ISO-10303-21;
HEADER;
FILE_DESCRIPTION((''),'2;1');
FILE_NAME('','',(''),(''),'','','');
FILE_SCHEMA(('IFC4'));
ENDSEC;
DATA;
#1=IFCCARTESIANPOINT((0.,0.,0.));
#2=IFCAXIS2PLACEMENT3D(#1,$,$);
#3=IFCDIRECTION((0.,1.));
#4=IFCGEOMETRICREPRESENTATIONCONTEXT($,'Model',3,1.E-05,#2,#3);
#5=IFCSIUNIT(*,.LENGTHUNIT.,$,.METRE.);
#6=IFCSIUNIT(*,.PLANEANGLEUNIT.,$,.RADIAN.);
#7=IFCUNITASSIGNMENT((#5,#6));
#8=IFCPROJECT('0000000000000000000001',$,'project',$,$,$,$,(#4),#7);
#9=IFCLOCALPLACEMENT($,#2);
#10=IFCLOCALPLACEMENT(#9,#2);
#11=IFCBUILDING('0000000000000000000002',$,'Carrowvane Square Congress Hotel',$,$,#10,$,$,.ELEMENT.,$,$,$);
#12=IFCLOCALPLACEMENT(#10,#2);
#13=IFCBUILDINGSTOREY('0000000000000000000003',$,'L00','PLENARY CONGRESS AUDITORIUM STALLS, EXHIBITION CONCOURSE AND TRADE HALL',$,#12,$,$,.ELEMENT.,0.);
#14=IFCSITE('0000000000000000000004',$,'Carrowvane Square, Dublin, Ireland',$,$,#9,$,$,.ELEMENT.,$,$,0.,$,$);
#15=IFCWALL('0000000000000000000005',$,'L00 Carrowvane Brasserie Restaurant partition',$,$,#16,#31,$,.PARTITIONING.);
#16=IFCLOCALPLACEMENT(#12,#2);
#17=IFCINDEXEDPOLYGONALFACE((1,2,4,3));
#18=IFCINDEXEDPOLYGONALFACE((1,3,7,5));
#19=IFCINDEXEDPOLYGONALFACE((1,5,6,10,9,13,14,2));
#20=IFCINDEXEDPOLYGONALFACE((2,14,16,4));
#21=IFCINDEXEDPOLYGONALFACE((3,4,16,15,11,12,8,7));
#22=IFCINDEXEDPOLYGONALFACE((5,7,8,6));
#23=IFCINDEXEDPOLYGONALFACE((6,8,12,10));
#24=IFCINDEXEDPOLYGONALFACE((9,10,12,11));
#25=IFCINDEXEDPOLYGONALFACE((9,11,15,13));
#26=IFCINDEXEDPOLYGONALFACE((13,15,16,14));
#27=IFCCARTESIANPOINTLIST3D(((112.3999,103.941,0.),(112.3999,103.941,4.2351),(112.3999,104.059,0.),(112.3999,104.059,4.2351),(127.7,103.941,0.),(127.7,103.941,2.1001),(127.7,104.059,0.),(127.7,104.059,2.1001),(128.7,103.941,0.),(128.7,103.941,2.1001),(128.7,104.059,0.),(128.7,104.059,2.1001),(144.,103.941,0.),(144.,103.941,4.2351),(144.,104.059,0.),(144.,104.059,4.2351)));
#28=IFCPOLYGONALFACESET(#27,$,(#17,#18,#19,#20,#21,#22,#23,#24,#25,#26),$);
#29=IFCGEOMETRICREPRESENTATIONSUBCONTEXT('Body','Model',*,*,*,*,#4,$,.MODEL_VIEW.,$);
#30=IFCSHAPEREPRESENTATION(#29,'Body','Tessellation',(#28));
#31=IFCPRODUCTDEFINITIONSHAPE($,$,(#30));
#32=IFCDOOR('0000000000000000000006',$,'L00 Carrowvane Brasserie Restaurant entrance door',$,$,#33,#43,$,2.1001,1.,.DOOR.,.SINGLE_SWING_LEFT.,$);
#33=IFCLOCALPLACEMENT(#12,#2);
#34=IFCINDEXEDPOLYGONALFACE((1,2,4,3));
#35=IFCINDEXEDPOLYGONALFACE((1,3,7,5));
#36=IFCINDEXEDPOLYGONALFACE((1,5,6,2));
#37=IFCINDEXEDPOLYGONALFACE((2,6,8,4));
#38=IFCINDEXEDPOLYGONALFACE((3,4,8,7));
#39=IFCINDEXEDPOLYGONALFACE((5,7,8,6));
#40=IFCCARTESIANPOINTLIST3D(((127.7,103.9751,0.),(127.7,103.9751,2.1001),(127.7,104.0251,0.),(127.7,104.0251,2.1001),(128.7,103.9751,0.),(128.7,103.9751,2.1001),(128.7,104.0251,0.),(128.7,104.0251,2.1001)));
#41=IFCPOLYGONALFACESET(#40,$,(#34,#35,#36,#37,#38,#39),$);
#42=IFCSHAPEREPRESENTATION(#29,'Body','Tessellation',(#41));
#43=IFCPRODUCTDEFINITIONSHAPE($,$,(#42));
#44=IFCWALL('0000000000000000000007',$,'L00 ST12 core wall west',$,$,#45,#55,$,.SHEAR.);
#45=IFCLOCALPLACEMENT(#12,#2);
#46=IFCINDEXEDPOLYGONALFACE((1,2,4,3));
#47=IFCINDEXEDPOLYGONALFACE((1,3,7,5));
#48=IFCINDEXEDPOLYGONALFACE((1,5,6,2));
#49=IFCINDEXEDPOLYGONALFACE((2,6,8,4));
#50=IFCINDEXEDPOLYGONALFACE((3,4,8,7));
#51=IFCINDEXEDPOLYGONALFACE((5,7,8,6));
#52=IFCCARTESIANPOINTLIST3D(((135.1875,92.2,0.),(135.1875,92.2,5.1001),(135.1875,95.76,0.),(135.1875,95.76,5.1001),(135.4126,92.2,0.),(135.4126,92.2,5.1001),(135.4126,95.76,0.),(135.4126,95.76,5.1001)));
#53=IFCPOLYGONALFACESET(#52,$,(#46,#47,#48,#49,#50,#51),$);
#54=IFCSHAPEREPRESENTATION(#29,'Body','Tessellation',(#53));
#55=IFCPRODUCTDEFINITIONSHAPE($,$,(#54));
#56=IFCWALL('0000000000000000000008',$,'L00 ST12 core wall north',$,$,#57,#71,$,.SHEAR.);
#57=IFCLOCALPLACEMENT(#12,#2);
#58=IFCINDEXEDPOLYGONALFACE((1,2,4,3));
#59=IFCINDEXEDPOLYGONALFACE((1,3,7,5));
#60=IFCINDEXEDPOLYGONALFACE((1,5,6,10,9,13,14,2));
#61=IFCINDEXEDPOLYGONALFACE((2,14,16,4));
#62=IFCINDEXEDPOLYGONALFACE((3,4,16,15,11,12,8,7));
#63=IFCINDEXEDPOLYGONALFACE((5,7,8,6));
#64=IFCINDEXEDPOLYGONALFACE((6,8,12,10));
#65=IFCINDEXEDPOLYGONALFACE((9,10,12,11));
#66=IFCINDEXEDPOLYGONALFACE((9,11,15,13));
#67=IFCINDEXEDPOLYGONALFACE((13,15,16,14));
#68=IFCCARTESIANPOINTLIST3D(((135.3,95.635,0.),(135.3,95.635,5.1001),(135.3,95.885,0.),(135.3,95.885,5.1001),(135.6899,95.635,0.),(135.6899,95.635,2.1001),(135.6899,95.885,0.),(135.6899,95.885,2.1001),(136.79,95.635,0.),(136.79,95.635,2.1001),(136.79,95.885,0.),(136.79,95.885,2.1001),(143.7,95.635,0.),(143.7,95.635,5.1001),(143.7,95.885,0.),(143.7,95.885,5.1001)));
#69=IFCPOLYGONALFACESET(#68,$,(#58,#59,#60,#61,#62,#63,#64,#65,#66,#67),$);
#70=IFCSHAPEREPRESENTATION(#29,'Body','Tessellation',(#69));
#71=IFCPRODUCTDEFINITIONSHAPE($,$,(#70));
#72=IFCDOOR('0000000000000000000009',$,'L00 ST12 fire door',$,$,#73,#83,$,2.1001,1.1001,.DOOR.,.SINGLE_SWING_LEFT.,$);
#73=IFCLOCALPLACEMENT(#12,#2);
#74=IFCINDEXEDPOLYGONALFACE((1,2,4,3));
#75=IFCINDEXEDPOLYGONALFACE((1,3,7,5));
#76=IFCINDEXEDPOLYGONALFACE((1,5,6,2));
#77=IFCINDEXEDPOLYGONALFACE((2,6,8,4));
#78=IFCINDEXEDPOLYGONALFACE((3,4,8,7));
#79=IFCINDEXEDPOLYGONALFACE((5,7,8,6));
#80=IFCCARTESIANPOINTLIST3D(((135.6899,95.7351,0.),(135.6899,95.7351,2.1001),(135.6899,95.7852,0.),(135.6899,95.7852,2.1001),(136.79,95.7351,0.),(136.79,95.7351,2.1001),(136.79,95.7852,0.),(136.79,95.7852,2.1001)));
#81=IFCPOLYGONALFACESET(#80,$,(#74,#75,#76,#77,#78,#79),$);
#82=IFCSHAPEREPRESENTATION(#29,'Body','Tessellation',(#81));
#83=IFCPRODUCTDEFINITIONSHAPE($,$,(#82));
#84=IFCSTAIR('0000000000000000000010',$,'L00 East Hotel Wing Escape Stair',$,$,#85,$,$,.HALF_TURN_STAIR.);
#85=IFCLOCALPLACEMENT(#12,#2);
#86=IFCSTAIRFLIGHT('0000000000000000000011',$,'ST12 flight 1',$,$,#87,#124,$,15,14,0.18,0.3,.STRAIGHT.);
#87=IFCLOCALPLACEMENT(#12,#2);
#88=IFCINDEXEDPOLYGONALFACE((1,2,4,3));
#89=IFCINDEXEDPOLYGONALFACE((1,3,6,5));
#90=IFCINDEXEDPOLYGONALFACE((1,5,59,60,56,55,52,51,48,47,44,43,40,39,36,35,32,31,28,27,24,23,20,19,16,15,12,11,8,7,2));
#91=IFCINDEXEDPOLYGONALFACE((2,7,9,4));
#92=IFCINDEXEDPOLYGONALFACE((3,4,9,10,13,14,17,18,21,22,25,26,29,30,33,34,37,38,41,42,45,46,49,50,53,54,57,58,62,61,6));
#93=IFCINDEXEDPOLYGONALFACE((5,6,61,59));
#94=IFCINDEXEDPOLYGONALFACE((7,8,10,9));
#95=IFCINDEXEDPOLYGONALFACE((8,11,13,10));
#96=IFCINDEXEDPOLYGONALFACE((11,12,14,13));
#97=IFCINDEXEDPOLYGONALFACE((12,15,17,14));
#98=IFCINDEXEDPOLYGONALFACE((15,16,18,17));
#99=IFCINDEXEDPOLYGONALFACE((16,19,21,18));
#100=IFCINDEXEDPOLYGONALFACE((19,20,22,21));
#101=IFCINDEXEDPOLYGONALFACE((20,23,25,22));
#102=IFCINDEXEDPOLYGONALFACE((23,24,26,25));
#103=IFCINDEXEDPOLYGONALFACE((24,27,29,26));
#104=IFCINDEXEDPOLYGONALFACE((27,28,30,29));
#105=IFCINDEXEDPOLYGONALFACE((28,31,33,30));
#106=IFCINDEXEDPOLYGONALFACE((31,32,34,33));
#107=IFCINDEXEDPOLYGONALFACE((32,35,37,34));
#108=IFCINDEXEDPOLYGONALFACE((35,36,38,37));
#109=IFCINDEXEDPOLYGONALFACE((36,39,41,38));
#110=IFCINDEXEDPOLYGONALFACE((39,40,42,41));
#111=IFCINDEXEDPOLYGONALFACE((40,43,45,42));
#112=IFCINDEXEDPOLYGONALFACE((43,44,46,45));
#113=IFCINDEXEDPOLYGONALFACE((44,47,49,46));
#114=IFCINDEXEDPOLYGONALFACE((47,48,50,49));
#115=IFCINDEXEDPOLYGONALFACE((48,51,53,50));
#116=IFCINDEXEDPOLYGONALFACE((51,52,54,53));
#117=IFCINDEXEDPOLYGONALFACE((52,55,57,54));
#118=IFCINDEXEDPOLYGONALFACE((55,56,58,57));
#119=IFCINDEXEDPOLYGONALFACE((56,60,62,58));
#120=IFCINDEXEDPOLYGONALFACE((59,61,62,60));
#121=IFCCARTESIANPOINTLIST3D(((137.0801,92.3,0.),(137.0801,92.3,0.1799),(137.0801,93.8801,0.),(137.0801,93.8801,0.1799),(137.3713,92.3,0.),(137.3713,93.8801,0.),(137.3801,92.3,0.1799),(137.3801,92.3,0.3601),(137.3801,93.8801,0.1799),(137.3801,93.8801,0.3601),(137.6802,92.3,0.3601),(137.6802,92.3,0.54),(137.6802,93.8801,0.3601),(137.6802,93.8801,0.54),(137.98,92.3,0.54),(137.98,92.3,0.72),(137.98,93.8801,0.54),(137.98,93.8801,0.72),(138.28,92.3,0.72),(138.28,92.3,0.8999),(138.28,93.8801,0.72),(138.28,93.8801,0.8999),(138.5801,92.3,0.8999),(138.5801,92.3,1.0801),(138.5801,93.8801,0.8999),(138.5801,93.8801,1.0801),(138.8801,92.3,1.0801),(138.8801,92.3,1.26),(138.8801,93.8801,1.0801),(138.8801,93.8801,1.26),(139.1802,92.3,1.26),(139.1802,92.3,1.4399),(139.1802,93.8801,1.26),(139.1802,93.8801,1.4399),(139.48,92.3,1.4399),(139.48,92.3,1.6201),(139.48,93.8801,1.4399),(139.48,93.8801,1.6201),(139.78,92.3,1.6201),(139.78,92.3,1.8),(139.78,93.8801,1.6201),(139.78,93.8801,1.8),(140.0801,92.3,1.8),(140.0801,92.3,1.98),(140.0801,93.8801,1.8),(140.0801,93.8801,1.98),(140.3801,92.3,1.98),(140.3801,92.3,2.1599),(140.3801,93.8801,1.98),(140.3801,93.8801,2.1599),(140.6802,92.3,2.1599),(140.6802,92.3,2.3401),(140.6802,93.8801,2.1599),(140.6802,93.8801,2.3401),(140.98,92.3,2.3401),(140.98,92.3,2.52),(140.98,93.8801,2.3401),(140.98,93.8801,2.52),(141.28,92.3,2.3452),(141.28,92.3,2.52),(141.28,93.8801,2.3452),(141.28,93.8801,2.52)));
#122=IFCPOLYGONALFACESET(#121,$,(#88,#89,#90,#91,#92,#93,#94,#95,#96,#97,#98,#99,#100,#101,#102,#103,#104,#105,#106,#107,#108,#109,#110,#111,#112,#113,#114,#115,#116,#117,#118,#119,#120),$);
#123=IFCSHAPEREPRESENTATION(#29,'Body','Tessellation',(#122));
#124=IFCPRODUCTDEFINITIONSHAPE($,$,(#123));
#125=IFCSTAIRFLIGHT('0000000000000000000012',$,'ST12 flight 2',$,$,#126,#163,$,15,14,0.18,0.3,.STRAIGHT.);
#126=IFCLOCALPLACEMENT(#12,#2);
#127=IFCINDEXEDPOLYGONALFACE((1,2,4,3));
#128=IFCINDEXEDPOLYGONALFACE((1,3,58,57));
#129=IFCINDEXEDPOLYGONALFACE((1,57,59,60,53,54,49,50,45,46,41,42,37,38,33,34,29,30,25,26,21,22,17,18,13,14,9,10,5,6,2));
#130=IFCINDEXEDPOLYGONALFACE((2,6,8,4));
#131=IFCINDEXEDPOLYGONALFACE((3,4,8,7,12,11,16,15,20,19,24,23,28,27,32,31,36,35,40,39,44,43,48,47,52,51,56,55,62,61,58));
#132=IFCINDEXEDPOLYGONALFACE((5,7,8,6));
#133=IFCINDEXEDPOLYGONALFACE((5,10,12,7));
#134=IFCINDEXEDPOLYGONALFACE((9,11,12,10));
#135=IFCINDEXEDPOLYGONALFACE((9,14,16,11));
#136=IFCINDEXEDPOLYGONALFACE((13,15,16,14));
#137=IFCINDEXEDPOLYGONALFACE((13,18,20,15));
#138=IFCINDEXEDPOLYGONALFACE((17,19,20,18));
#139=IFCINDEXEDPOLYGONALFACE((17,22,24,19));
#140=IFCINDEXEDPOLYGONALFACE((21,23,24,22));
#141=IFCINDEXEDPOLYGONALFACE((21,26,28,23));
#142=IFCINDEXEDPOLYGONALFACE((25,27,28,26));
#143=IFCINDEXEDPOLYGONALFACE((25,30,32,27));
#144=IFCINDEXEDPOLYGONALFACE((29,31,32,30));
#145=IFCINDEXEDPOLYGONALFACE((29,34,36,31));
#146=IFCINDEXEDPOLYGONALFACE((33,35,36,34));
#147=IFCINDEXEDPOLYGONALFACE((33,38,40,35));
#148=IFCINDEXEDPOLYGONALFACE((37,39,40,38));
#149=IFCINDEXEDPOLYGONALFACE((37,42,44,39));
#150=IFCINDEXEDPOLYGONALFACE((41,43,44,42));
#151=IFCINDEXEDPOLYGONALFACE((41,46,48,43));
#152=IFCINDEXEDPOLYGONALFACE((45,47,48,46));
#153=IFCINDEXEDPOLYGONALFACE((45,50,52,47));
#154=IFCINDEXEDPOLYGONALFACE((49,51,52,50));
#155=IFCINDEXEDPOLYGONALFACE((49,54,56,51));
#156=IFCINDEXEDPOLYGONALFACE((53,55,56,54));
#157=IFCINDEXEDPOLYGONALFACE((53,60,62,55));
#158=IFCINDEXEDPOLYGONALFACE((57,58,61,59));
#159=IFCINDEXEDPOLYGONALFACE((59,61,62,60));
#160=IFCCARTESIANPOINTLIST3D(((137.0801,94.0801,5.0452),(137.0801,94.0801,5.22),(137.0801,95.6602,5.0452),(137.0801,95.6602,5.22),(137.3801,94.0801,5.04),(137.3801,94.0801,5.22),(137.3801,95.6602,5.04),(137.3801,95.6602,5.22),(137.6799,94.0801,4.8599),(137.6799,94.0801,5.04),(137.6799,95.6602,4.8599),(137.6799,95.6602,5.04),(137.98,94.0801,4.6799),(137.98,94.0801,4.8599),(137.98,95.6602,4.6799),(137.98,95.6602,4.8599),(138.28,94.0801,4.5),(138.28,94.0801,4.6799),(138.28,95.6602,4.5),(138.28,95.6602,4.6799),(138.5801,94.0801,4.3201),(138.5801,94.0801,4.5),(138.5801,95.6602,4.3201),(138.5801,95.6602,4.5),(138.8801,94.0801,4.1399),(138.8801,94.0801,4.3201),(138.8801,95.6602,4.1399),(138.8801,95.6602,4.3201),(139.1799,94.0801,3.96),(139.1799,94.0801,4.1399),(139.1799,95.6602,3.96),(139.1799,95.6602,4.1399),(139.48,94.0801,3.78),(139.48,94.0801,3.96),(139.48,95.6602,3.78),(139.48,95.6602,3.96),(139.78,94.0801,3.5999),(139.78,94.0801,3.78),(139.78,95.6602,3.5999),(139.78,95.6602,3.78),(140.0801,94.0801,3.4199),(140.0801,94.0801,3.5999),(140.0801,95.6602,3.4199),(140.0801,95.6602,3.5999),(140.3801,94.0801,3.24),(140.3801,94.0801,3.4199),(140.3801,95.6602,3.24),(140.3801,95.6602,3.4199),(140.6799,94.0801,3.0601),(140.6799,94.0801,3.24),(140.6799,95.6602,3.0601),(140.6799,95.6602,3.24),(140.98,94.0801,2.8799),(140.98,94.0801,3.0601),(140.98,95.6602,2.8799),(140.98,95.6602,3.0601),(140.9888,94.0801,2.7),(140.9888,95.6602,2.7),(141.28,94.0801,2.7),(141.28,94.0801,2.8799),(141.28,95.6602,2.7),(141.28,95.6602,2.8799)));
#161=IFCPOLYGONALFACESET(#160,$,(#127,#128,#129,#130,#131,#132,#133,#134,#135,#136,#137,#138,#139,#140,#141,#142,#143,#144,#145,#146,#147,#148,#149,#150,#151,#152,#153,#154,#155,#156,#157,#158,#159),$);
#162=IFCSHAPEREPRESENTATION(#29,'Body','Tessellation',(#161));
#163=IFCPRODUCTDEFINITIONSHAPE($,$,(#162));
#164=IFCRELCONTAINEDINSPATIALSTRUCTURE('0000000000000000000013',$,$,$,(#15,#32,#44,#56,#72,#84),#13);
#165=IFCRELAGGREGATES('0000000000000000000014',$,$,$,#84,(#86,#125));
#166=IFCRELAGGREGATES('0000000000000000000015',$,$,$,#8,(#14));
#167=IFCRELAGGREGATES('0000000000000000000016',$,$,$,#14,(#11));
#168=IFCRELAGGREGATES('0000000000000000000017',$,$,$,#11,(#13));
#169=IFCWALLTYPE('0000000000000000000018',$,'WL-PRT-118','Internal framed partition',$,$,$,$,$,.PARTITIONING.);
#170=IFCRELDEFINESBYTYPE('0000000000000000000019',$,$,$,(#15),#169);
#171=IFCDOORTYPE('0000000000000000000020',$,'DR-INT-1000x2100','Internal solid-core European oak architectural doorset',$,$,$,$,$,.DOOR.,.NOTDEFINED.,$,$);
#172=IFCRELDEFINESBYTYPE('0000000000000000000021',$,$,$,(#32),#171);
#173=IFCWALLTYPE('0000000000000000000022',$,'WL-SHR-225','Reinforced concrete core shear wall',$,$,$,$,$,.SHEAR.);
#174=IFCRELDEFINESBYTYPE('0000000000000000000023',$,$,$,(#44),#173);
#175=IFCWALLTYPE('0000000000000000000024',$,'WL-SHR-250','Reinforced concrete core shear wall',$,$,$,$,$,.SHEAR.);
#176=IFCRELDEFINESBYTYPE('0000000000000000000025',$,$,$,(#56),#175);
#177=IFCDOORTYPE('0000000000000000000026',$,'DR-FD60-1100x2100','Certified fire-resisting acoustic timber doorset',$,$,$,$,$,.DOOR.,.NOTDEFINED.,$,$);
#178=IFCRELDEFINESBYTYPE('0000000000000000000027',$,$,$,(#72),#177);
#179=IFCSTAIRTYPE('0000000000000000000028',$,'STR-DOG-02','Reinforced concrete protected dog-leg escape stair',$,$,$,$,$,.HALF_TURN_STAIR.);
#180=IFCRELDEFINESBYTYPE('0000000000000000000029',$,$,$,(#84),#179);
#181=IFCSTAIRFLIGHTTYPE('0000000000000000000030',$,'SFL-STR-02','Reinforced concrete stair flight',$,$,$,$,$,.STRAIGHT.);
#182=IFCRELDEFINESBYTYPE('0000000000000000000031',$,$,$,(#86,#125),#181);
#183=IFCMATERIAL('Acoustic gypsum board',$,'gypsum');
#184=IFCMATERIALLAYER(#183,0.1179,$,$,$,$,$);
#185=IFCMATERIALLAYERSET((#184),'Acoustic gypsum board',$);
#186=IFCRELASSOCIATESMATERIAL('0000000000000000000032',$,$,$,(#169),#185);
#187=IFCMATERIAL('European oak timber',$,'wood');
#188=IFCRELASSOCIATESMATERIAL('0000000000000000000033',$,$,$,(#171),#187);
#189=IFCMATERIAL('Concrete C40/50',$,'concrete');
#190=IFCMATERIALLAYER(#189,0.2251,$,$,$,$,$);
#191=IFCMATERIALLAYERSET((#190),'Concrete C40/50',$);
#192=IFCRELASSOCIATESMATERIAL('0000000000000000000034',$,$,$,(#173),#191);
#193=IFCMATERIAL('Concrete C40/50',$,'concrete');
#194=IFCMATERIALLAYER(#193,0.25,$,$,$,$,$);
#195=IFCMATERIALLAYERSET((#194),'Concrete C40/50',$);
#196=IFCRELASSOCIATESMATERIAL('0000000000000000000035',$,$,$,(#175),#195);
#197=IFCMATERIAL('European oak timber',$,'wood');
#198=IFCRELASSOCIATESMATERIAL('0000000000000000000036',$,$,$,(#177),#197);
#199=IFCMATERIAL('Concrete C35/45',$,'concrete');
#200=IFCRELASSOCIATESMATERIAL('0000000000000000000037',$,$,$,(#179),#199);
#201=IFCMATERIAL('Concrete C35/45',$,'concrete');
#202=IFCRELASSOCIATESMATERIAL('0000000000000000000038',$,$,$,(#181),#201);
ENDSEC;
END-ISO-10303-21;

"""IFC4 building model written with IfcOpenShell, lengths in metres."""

from ifc_helpers import new_model, si_unit, direction, frame, frame_2d, origin, place, context, subcontext, project, spatial, polyline, rectangle, outline, extrude, material, layer, layer_set, type_object, element, fill, aggregate, save


model = new_model("IFC4")

# Units and contexts
model_context = context("Model", 3, precision=1e-05, world=origin(), true_north=direction((0.0, 1.0)))
body_context = subcontext(model_context, "Body", "Model", "MODEL_VIEW")
ifc_project = project(units=[si_unit("LENGTHUNIT", "METRE"), si_unit("PLANEANGLEUNIT", "RADIAN")], contexts=[model_context])

# Site, building, storey
site_placement = place(None, origin())
site = spatial("IfcSite", under=ifc_project, at=site_placement, Name="Carrowvane Square, Dublin, Ireland", CompositionType="ELEMENT", RefElevation=0.0)
building_placement = place(site_placement, origin())
building = spatial("IfcBuilding", under=site, at=building_placement, Name="Carrowvane Square Congress Hotel", CompositionType="ELEMENT")
storey_placement = place(building_placement, origin())
storey = spatial("IfcBuildingStorey", under=building, at=storey_placement, Name="L00", Description="PLENARY CONGRESS AUDITORIUM STALLS, EXHIBITION CONCOURSE AND TRADE HALL", CompositionType="ELEMENT", Elevation=0.0)

# Wall, opening, door
ifc_material_1 = material(Name="Acoustic gypsum board", Category="gypsum")
ifc_layer_1 = layer(ifc_material_1, 0.1179)
ifc_layer_set_1 = layer_set([ifc_layer_1], Name="Acoustic gypsum board")
wall_type_1 = type_object("IfcWallType", Name="WL-PRT-118", Description="Internal framed partition", PredefinedType="PARTITIONING", material=ifc_layer_set_1)
wall_1_placement = place(storey_placement, frame((144.0, 104.0, 0.0), z_axis=(0.0, 0.0, 1.0), x_axis=(-1.0, 0.0, 0.0)))
wall_1 = element("IfcWall", 1, at=wall_1_placement, inside=storey, type_object=wall_type_1, Name="L00 Carrowvane Brasserie Restaurant partition", PredefinedType="PARTITIONING", context=body_context, shape_type="SweptSolid", body=[
    extrude(rectangle(XDim=31.6001, YDim=0.1179, at=frame_2d((15.8, 0.0))), origin(), (0.0, 0.0, 1.0), 4.2351),
])
opening_1_placement = place(wall_1_placement, frame((15.3, 0.0, 0.0)))
opening_1 = element("IfcOpeningElement", 2, at=opening_1_placement, cuts=wall_1, PredefinedType="OPENING", context=body_context, shape_type="SweptSolid", body=[
    extrude(rectangle(XDim=1.0, YDim=2.1001, at=frame_2d((0.5, 1.05))), frame((0.0, 0.0688, 0.0), z_axis=(0.0, -1.0, 0.0), x_axis=(1.0, 0.0, 0.0)), (0.0, 0.0, 1.0), 0.1379),
])
ifc_material_2 = material(Name="European oak timber", Category="wood")
door_type_1 = type_object("IfcDoorType", Name="DR-INT-1000x2100", Description="Internal solid-core European oak architectural doorset", OperationType="NOTDEFINED", PredefinedType="DOOR", material=ifc_material_2)
door_1_placement = place(opening_1_placement, origin())
door_1 = element("IfcDoor", 3, at=door_1_placement, inside=storey, type_object=door_type_1, Name="L00 Carrowvane Brasserie Restaurant entrance door", OperationType="SINGLE_SWING_LEFT", OverallHeight=2.1001, OverallWidth=1.0, PredefinedType="DOOR", context=body_context, shape_type="SweptSolid", body=[
    extrude(rectangle(XDim=1.0, YDim=2.1001, at=frame_2d((0.5, 1.05))), frame((0.0, 0.0249, 0.0), z_axis=(0.0, -1.0, 0.0), x_axis=(1.0, 0.0, 0.0)), (0.0, 0.0, 1.0), 0.05),
])
fill(opening_1, door_1)

# Wall
ifc_material_3 = material(Name="Concrete C40/50", Category="concrete")
ifc_layer_2 = layer(ifc_material_3, 0.2251)
ifc_layer_set_2 = layer_set([ifc_layer_2], Name="Concrete C40/50")
wall_type_2 = type_object("IfcWallType", Name="WL-SHR-225", Description="Reinforced concrete core shear wall", PredefinedType="SHEAR", material=ifc_layer_set_2)
wall_2_placement = place(storey_placement, frame((135.3, 95.76, 0.0), z_axis=(0.0, 0.0, 1.0), x_axis=(0.0, -1.0, 0.0)))
element("IfcWall", 4, at=wall_2_placement, inside=storey, type_object=wall_type_2, Name="L00 ST12 core wall west", PredefinedType="SHEAR", context=body_context, shape_type="SweptSolid", body=[
    extrude(rectangle(XDim=3.5601, YDim=0.2251, at=frame_2d((1.78, 0.0))), origin(), (0.0, 0.0, 1.0), 5.1001),
])

# Wall, opening, door
ifc_material_4 = material(Name="Concrete C40/50", Category="concrete")
ifc_layer_3 = layer(ifc_material_4, 0.25)
ifc_layer_set_3 = layer_set([ifc_layer_3], Name="Concrete C40/50")
wall_type_3 = type_object("IfcWallType", Name="WL-SHR-250", Description="Reinforced concrete core shear wall", PredefinedType="SHEAR", material=ifc_layer_set_3)
wall_3_placement = place(storey_placement, frame((143.7, 95.76, 0.0), z_axis=(0.0, 0.0, 1.0), x_axis=(-1.0, 0.0, 0.0)))
wall_3 = element("IfcWall", 5, at=wall_3_placement, inside=storey, type_object=wall_type_3, Name="L00 ST12 core wall north", PredefinedType="SHEAR", context=body_context, shape_type="SweptSolid", body=[
    extrude(rectangle(XDim=8.3999, YDim=0.25, at=frame_2d((4.2, 0.0))), origin(), (0.0, 0.0, 1.0), 5.1001),
])
opening_2_placement = place(wall_3_placement, frame((6.9099, 0.0, 0.0)))
opening_2 = element("IfcOpeningElement", 6, at=opening_2_placement, cuts=wall_3, PredefinedType="OPENING", context=body_context, shape_type="SweptSolid", body=[
    extrude(rectangle(XDim=1.1001, YDim=2.1001, at=frame_2d((0.55, 1.05))), frame((0.0, 0.135, 0.0), z_axis=(0.0, -1.0, 0.0), x_axis=(1.0, 0.0, 0.0)), (0.0, 0.0, 1.0), 0.27),
])
ifc_material_5 = material(Name="European oak timber", Category="wood")
door_type_2 = type_object("IfcDoorType", Name="DR-FD60-1100x2100", Description="Certified fire-resisting acoustic timber doorset", OperationType="NOTDEFINED", PredefinedType="DOOR", material=ifc_material_5)
door_2_placement = place(opening_2_placement, origin())
door_2 = element("IfcDoor", 7, at=door_2_placement, inside=storey, type_object=door_type_2, Name="L00 ST12 fire door", OperationType="SINGLE_SWING_LEFT", OverallHeight=2.1001, OverallWidth=1.1001, PredefinedType="DOOR", context=body_context, shape_type="SweptSolid", body=[
    extrude(rectangle(XDim=1.1001, YDim=2.1001, at=frame_2d((0.55, 1.05))), frame((0.0, 0.0249, 0.0), z_axis=(0.0, -1.0, 0.0), x_axis=(1.0, 0.0, 0.0)), (0.0, 0.0, 1.0), 0.05),
])
fill(opening_2, door_2)

# Stair, stair flights
ifc_material_6 = material(Name="Concrete C35/45", Category="concrete")
stair_type = type_object("IfcStairType", Name="STR-DOG-02", Description="Reinforced concrete protected dog-leg escape stair", PredefinedType="HALF_TURN_STAIR", material=ifc_material_6)
stair_placement = place(storey_placement, origin())
stair = element("IfcStair", 8, at=stair_placement, inside=storey, type_object=stair_type, Name="L00 East Hotel Wing Escape Stair", PredefinedType="HALF_TURN_STAIR")
ifc_material_7 = material(Name="Concrete C35/45", Category="concrete")
stair_flight_type = type_object("IfcStairFlightType", Name="SFL-STR-02", Description="Reinforced concrete stair flight", PredefinedType="STRAIGHT", material=ifc_material_7)
stair_flight_1_placement = place(storey_placement, frame((137.0801, 93.0901, 0.0), z_axis=(0.0, 0.0, 1.0), x_axis=(1.0, 0.0, 0.0)))
stair_flight_1 = element("IfcStairFlight", 9, at=stair_flight_1_placement, type_object=stair_flight_type, Name="ST12 flight 1", NumberOfRisers=15, NumberOfTreads=14, PredefinedType="STRAIGHT", RiserHeight=0.18, TreadLength=0.3, context=body_context, shape_type="SweptSolid", body=[
    extrude(outline(polyline([(0.0, 0.0), (0.0, 0.1799), (0.3, 0.1799), (0.3, 0.3601), (0.6001, 0.3601), (0.6001, 0.54), (0.8999, 0.54), (0.8999, 0.72), (1.2, 0.72), (1.2, 0.8999), (1.5, 0.8999), (1.5, 1.0801), (1.8, 1.0801), (1.8, 1.26), (2.1001, 1.26), (2.1001, 1.4399), (2.3999, 1.4399), (2.3999, 1.6201), (2.7, 1.6201), (2.7, 1.8), (3.0, 1.8), (3.0, 1.98), (3.3, 1.98), (3.3, 2.1599), (3.6001, 2.1599), (3.6001, 2.3401), (3.8999, 2.3401), (3.8999, 2.52), (4.2, 2.52), (4.2, 2.7), (4.2, 2.3452), (0.2913, 0.0), (0.0, 0.0)])), frame((0.0, 0.79, 0.0), z_axis=(0.0, -1.0, 0.0), x_axis=(1.0, 0.0, 0.0)), (0.0, 0.0, 1.0), 1.5801),
])
stair_flight_2_placement = place(storey_placement, frame((141.28, 94.8701, 2.7), z_axis=(0.0, 0.0, 1.0), x_axis=(-1.0, 0.0, 0.0)))
stair_flight_2 = element("IfcStairFlight", 10, at=stair_flight_2_placement, type_object=stair_flight_type, Name="ST12 flight 2", NumberOfRisers=15, NumberOfTreads=14, PredefinedType="STRAIGHT", RiserHeight=0.18, TreadLength=0.3, context=body_context, shape_type="SweptSolid", body=[
    extrude(outline(polyline([(0.0, 0.0), (0.0, 0.1799), (0.3, 0.1799), (0.3, 0.3601), (0.6001, 0.3601), (0.6001, 0.54), (0.8999, 0.54), (0.8999, 0.72), (1.2, 0.72), (1.2, 0.8999), (1.5, 0.8999), (1.5, 1.0801), (1.8, 1.0801), (1.8, 1.26), (2.1001, 1.26), (2.1001, 1.4399), (2.3999, 1.4399), (2.3999, 1.6201), (2.7, 1.6201), (2.7, 1.8), (3.0, 1.8), (3.0, 1.98), (3.3, 1.98), (3.3, 2.1599), (3.6001, 2.1599), (3.6001, 2.3401), (3.8999, 2.3401), (3.8999, 2.52), (4.2, 2.52), (4.2, 2.7), (4.2, 2.3452), (0.2913, 0.0), (0.0, 0.0)])), frame((0.0, 0.79, 0.0), z_axis=(0.0, -1.0, 0.0), x_axis=(1.0, 0.0, 0.0)), (0.0, 0.0, 1.0), 1.5801),
])
aggregate(stair, [stair_flight_1, stair_flight_2])

save(model, "model.ifc")
